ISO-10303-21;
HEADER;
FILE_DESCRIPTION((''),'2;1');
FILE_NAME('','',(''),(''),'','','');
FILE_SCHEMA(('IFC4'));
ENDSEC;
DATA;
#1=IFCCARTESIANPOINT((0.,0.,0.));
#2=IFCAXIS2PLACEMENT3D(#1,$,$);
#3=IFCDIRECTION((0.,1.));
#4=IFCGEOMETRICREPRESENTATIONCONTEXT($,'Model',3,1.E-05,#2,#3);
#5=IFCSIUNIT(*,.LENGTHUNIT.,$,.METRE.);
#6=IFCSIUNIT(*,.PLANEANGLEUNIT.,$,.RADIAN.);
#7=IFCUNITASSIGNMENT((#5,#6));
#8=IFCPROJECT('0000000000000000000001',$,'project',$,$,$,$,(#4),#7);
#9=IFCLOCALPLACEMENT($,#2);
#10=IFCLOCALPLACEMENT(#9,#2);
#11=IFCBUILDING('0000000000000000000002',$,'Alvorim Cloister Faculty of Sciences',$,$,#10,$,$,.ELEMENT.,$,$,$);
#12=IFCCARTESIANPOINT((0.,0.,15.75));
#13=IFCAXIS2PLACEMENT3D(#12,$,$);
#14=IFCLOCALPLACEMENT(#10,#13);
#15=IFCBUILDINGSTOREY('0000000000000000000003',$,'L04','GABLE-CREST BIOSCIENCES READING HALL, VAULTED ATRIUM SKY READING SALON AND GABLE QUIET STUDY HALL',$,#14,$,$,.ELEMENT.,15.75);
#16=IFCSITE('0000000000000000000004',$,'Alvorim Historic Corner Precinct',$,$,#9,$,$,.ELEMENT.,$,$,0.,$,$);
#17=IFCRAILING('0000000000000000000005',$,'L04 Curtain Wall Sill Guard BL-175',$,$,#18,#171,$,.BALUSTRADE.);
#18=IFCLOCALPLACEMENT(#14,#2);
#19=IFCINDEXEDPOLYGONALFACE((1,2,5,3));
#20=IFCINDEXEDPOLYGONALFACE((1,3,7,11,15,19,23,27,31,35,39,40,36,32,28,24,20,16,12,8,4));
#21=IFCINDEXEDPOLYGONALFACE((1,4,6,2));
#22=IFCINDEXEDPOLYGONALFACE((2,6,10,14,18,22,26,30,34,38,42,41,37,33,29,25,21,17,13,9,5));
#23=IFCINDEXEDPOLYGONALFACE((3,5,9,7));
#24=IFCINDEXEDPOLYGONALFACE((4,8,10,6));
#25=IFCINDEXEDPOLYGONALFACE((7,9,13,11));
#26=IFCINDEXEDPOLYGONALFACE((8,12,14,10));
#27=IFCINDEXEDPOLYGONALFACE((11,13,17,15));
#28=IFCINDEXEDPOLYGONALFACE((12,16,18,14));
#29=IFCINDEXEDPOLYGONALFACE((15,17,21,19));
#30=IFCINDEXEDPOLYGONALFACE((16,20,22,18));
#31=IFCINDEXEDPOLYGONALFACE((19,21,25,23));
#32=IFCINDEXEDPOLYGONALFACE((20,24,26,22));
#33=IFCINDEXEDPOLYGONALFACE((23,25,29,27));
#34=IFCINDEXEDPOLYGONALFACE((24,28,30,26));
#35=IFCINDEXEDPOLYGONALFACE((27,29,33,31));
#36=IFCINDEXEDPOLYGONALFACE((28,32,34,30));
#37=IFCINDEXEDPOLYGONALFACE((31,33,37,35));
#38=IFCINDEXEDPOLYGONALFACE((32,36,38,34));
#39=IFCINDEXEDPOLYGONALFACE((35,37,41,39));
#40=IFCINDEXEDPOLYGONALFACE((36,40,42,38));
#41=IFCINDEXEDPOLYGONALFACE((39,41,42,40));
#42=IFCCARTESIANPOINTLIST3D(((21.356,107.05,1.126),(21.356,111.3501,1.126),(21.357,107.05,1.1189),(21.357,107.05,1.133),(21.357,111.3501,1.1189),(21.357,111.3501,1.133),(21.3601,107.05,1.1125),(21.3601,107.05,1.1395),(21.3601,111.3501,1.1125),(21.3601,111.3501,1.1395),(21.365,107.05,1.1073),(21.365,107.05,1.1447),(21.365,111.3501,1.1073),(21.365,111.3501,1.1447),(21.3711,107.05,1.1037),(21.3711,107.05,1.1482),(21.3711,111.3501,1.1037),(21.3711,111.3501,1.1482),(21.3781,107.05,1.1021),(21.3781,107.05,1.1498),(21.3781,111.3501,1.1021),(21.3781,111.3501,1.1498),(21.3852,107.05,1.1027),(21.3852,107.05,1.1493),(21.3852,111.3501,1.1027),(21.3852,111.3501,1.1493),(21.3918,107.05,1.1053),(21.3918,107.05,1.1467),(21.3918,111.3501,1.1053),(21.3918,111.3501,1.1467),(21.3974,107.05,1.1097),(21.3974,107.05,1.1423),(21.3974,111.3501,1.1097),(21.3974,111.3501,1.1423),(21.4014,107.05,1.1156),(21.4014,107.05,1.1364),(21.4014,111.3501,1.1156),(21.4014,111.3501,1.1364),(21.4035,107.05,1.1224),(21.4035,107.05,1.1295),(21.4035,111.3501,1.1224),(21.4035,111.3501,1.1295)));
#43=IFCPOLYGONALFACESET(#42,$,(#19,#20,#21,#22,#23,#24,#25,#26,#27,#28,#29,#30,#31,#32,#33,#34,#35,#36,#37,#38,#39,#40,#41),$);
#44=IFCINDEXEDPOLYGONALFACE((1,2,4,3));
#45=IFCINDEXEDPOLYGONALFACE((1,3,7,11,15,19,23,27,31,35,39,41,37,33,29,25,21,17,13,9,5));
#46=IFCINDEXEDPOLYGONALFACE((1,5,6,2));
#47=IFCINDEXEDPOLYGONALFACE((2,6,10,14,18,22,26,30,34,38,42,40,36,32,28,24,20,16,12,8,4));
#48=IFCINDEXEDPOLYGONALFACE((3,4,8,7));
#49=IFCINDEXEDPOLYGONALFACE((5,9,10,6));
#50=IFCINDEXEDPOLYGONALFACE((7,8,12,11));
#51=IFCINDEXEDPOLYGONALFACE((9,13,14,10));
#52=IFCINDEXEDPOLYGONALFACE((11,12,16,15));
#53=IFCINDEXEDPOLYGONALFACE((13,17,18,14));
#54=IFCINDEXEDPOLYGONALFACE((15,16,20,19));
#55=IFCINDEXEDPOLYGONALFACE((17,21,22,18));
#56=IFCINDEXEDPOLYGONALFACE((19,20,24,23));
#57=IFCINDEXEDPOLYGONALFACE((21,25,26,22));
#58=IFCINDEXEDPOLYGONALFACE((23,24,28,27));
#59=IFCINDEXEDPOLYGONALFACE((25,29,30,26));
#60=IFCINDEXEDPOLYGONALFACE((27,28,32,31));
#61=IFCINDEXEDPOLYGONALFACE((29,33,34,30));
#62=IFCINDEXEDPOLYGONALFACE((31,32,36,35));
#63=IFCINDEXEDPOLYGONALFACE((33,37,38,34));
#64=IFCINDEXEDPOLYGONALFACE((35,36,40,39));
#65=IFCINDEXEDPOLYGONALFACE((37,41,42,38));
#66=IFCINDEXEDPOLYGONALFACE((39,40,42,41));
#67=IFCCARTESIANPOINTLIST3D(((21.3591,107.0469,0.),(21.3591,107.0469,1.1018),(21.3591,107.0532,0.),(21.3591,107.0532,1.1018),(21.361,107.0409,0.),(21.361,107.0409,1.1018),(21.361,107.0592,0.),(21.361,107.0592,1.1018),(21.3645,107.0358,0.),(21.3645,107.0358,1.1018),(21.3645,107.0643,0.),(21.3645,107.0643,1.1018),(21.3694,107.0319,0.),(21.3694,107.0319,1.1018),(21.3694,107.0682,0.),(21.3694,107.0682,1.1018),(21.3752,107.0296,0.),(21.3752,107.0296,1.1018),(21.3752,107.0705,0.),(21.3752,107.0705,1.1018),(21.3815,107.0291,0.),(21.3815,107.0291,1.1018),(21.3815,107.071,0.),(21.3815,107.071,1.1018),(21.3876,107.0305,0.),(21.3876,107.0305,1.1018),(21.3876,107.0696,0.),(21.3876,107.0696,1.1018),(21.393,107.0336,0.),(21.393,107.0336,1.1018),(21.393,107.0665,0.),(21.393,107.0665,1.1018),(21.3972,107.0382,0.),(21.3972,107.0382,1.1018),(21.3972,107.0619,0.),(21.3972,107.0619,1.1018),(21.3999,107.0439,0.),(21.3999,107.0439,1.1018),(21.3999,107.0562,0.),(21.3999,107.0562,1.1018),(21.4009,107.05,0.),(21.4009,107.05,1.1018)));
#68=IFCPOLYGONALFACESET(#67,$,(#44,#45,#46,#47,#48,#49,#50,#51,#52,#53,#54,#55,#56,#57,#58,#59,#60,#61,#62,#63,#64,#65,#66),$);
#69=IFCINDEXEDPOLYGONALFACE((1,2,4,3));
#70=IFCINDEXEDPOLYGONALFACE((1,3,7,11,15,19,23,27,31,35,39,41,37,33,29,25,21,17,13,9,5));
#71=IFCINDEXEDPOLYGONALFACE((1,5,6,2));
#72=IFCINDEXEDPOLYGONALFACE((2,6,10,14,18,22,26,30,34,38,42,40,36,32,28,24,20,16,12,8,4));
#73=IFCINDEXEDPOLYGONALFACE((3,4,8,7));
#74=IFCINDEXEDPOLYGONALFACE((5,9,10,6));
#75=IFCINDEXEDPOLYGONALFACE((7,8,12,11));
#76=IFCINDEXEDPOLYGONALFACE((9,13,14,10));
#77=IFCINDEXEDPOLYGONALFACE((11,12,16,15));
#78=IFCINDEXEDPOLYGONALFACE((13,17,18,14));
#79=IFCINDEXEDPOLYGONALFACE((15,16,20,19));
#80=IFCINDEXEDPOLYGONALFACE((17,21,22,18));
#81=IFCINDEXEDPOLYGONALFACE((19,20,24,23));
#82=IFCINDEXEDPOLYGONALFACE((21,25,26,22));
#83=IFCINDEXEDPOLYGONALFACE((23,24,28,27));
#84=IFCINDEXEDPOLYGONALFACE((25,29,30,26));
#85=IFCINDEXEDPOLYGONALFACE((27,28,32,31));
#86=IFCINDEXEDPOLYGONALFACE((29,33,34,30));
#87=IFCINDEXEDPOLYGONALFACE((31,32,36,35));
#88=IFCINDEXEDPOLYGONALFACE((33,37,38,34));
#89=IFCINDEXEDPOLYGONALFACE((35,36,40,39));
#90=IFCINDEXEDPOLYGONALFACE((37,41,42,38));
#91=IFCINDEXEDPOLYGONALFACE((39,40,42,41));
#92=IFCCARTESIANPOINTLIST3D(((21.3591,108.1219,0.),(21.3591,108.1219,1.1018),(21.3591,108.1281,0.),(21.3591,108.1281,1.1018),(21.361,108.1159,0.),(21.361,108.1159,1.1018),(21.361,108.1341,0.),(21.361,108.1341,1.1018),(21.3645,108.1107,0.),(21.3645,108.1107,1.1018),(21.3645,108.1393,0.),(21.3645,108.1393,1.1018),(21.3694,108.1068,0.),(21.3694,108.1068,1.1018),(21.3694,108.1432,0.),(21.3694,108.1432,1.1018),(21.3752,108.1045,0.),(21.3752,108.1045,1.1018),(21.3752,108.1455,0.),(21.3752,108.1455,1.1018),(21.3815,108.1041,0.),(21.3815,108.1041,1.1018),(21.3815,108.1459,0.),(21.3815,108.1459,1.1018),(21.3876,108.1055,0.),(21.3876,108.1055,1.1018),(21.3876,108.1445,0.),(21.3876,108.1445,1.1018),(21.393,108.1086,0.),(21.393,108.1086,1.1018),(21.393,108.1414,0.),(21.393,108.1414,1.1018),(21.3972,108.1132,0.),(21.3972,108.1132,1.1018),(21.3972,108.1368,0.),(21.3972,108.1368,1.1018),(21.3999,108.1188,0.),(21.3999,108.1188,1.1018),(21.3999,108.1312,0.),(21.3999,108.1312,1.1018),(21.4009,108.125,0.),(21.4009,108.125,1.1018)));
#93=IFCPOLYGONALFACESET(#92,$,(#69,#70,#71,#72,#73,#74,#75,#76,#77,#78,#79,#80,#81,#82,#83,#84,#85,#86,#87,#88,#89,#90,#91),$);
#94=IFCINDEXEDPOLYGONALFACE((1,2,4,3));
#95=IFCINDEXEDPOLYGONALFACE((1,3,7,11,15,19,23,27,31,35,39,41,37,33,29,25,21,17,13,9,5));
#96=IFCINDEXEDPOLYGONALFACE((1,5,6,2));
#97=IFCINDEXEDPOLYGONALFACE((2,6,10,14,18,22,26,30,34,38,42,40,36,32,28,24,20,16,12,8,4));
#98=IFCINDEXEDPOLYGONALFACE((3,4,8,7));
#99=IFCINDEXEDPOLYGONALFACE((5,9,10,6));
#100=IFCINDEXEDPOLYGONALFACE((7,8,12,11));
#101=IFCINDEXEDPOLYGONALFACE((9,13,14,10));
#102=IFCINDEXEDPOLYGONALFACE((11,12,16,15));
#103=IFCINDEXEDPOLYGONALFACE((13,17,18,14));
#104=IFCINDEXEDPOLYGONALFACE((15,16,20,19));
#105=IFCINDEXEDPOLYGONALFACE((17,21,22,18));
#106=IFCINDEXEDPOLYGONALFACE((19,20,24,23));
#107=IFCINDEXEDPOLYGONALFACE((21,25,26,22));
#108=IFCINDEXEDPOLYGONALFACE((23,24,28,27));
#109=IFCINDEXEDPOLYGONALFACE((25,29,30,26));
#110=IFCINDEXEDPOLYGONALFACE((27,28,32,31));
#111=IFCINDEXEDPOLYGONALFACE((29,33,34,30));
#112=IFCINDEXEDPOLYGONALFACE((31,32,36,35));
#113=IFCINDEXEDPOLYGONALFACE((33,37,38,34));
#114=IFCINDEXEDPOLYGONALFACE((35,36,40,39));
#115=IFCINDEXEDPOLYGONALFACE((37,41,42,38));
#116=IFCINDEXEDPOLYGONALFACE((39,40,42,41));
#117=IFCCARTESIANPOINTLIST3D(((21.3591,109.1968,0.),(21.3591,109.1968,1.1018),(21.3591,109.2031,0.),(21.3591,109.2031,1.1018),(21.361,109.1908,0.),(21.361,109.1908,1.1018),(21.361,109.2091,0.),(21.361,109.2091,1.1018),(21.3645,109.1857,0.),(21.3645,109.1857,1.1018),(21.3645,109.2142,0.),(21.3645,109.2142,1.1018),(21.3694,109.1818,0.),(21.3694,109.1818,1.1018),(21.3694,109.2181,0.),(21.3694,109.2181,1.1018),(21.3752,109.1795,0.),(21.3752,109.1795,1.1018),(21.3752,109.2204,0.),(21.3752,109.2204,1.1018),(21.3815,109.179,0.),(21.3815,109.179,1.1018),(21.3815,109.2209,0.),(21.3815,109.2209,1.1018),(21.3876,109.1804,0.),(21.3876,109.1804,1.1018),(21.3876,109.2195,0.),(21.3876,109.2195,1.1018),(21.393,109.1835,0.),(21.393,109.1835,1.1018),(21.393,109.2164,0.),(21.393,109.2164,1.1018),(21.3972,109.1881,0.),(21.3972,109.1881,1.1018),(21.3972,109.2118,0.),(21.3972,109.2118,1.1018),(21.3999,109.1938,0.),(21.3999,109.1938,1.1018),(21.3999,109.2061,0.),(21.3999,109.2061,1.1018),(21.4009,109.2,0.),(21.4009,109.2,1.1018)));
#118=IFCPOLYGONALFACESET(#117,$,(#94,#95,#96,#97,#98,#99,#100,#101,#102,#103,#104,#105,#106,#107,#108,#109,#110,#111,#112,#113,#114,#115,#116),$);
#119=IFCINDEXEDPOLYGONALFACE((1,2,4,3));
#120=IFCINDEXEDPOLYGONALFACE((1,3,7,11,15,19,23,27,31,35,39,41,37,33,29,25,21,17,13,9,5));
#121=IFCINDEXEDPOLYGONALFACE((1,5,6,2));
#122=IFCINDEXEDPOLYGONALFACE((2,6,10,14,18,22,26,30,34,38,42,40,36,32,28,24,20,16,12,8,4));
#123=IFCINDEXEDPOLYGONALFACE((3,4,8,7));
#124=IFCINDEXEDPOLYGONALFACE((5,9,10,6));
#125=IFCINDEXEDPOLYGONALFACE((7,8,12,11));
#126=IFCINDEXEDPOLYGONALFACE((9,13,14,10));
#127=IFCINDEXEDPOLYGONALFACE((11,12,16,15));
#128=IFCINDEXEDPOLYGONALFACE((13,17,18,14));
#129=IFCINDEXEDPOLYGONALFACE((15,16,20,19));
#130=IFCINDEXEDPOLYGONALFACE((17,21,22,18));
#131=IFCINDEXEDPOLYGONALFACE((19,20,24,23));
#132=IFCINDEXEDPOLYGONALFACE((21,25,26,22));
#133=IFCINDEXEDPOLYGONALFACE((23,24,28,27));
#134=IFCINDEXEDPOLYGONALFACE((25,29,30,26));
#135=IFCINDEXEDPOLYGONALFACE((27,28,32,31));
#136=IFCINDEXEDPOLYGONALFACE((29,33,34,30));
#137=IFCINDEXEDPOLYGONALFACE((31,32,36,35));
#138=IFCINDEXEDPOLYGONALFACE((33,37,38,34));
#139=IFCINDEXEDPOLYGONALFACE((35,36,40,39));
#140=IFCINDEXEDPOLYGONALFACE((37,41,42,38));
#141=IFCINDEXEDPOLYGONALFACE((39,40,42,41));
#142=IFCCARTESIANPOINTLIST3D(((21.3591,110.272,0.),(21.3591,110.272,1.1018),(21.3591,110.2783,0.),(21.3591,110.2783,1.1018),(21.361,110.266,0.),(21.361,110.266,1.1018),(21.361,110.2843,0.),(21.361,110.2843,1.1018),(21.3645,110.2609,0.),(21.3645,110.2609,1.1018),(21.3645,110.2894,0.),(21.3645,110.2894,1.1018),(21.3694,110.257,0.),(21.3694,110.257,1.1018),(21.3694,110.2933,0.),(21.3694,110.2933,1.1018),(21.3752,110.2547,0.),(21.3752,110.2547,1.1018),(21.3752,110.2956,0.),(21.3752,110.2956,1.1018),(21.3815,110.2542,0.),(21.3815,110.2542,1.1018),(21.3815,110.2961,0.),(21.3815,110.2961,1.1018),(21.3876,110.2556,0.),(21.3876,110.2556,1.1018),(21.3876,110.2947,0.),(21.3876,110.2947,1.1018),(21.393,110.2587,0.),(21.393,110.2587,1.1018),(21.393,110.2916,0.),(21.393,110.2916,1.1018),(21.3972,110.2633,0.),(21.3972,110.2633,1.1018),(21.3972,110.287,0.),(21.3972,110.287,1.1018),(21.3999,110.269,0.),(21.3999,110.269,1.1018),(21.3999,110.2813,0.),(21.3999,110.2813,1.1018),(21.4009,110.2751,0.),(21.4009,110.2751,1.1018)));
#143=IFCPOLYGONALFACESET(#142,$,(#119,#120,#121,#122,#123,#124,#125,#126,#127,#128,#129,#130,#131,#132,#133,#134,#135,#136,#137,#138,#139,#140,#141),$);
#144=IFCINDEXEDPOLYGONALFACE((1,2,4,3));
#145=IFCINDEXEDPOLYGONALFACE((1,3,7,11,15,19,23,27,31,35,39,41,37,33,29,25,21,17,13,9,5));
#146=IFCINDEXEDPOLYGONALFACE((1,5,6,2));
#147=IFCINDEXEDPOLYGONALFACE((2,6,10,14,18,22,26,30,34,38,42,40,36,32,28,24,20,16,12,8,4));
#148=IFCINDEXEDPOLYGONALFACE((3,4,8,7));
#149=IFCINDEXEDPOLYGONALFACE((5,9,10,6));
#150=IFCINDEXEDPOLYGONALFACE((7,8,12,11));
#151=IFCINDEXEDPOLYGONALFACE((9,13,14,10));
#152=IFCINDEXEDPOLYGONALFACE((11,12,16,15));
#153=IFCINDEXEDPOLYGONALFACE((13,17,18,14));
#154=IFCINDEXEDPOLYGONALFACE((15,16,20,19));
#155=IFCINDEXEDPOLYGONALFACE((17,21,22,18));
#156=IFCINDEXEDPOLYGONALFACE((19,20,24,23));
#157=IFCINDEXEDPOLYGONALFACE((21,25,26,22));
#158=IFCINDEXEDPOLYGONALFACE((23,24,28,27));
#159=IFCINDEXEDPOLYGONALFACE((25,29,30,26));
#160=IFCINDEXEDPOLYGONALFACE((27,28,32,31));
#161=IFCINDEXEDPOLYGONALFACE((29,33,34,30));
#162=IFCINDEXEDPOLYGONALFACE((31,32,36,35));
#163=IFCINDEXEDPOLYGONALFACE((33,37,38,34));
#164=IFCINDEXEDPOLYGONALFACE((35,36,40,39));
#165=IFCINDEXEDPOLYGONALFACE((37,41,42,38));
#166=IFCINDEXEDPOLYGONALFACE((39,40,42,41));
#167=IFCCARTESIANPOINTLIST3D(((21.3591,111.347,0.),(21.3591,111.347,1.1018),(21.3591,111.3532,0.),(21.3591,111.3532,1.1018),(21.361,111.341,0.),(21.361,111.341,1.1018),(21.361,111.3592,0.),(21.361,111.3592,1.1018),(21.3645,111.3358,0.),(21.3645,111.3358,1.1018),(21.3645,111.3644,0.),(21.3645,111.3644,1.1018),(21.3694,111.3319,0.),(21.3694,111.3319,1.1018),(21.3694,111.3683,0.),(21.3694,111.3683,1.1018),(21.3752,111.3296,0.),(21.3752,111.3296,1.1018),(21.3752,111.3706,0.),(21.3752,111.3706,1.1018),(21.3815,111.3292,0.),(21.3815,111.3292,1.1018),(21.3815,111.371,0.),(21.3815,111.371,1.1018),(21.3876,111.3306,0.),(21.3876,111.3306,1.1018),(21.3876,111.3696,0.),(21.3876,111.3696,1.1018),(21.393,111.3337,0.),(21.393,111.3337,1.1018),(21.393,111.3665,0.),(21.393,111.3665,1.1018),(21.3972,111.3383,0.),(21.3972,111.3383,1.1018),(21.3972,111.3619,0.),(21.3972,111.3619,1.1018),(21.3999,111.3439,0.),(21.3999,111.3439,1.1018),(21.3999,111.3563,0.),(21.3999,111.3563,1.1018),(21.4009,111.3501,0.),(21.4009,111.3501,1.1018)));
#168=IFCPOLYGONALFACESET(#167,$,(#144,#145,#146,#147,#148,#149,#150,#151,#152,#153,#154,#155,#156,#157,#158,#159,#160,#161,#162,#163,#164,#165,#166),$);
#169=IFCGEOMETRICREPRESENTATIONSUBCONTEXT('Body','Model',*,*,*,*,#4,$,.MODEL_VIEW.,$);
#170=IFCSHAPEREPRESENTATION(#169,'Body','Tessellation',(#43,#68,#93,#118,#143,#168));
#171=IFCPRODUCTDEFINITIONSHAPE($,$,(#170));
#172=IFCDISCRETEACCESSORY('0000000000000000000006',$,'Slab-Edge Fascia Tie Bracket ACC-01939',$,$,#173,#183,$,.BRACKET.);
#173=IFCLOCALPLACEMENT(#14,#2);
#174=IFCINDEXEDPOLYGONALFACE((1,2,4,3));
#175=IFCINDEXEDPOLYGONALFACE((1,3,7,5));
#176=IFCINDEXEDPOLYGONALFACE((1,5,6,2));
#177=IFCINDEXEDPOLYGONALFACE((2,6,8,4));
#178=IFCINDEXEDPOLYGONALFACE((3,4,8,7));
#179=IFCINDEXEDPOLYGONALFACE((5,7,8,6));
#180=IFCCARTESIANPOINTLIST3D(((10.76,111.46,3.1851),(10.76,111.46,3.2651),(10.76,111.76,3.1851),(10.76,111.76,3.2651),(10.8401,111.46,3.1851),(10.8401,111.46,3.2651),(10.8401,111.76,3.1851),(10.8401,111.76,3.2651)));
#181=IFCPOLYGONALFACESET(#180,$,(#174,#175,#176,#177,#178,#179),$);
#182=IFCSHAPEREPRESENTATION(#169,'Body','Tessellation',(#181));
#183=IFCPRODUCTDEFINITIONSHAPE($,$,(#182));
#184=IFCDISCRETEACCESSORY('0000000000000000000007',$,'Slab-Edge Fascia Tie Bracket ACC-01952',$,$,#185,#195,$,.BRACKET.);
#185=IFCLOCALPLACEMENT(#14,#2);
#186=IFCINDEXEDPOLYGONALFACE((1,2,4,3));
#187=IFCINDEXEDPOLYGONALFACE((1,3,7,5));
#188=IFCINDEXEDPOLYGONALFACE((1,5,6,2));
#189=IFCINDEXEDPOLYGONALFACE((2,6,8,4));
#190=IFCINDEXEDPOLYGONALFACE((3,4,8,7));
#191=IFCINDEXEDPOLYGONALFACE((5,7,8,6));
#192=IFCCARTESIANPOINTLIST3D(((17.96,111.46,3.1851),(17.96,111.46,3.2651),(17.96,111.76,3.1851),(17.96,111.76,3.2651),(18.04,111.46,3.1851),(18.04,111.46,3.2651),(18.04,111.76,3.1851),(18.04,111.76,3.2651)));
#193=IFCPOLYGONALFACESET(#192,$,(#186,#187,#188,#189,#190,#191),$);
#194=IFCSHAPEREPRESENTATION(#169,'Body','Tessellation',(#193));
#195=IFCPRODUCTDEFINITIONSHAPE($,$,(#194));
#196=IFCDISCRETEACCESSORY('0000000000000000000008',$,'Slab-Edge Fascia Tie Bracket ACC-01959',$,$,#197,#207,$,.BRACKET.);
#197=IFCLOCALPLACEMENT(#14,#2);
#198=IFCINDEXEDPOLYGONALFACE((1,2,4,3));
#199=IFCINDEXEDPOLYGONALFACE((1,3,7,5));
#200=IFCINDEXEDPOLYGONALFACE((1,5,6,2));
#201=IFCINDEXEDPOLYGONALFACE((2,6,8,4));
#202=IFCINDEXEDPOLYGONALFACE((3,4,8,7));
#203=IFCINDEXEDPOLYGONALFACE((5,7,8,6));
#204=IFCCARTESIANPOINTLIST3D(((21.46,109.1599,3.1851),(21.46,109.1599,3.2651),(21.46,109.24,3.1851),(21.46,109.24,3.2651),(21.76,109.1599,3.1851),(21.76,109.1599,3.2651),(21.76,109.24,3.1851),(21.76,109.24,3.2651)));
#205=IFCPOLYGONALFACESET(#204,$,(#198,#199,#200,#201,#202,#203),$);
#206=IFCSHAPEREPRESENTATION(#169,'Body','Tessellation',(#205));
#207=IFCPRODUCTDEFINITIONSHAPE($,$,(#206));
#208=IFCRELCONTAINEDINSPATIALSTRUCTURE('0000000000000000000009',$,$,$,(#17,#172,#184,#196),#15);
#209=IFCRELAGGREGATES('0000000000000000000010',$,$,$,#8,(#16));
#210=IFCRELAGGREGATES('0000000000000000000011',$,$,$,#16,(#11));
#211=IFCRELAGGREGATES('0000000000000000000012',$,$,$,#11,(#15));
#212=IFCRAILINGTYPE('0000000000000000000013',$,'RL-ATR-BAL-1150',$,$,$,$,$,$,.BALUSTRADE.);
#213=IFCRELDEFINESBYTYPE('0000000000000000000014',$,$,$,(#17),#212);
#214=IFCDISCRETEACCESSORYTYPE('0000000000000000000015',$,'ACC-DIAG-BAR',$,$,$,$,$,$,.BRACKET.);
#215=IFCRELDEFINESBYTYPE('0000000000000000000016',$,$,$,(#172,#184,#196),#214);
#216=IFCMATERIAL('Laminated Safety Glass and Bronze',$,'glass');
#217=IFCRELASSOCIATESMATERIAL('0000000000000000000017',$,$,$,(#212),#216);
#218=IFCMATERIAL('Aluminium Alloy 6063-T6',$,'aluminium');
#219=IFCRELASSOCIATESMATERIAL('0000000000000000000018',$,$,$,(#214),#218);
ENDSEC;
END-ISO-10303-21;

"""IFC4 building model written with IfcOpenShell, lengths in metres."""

from ifc_helpers import new_model, si_unit, direction, frame, origin, origin_2d, place, context, subcontext, project, spatial, rectangle, circle, extrude, material, type_object, element, save


model = new_model("IFC4")

# Units and contexts
model_context = context("Model", 3, precision=1e-05, world=origin(), true_north=direction((0.0, 1.0)))
body_context = subcontext(model_context, "Body", "Model", "MODEL_VIEW")
ifc_project = project(units=[si_unit("LENGTHUNIT", "METRE"), si_unit("PLANEANGLEUNIT", "RADIAN")], contexts=[model_context])

# Site, building, storey
site_placement = place(None, origin())
site = spatial("IfcSite", under=ifc_project, at=site_placement, Name="Alvorim Historic Corner Precinct", CompositionType="ELEMENT", RefElevation=0.0)
building_placement = place(site_placement, origin())
building = spatial("IfcBuilding", under=site, at=building_placement, Name="Alvorim Cloister Faculty of Sciences", CompositionType="ELEMENT")
storey_placement = place(building_placement, frame((0.0, 0.0, 15.75)))
storey = spatial("IfcBuildingStorey", under=building, at=storey_placement, Name="L04", Description="GABLE-CREST BIOSCIENCES READING HALL, VAULTED ATRIUM SKY READING SALON AND GABLE QUIET STUDY HALL", CompositionType="ELEMENT", Elevation=15.75)

# Shared definitions
ifc_material_1 = material(Name="Aluminium Alloy 6063-T6", Category="aluminium")

# Railing
ifc_material_2 = material(Name="Laminated Safety Glass and Bronze", Category="glass")
railing_type = type_object("IfcRailingType", Name="RL-ATR-BAL-1150", PredefinedType="BALUSTRADE", material=ifc_material_2)
railing_1_placement = place(storey_placement, frame((21.3799, 107.05, 0.0)))
element("IfcRailing", 1, at=railing_1_placement, inside=storey, type_object=railing_type, Name="L04 Curtain Wall Sill Guard BL-175", PredefinedType="BALUSTRADE", context=body_context, shape_type="SweptSolid", body=[
    extrude(circle(Radius=0.0239, at=origin_2d()), frame((0.0, 0.0, 1.126), z_axis=(0.0, 1.0, 0.0), x_axis=(-1.0, 0.0, 0.0)), (0.0, 0.0, 1.0), 4.3),
    extrude(circle(Radius=0.021, at=origin_2d()), origin(), (0.0, 0.0, 1.0), 1.1018),
    extrude(circle(Radius=0.021, at=origin_2d()), frame((0.0, 1.075, 0.0)), (0.0, 0.0, 1.0), 1.1018),
    extrude(circle(Radius=0.021, at=origin_2d()), frame((0.0, 2.1499, 0.0)), (0.0, 0.0, 1.0), 1.1018),
    extrude(circle(Radius=0.021, at=origin_2d()), frame((0.0, 3.2251, 0.0)), (0.0, 0.0, 1.0), 1.1018),
    extrude(circle(Radius=0.021, at=origin_2d()), frame((0.0, 4.3, 0.0)), (0.0, 0.0, 1.0), 1.1018),
])

# Discrete accessories
discrete_accessory_type = type_object("IfcDiscreteAccessoryType", Name="ACC-DIAG-BAR", PredefinedType="BRACKET", material=ifc_material_1)
for number, where, z_axis, x_axis, name in (
    (2, (10.8, 111.46, 3.2251), (0.0, 1.0, 0.0), (-1.0, 0.0, 0.0), "Slab-Edge Fascia Tie Bracket ACC-01939"),
    (3, (18.0, 111.46, 3.2251), (0.0, 1.0, 0.0), (-1.0, 0.0, 0.0), "Slab-Edge Fascia Tie Bracket ACC-01952"),
    (4, (21.46, 109.2, 3.2251), (1.0, 0.0, 0.0), (0.0, 1.0, 0.0), "Slab-Edge Fascia Tie Bracket ACC-01959"),
):
    element("IfcDiscreteAccessory", number, at=place(storey_placement, frame(where, z_axis=z_axis, x_axis=x_axis)), inside=storey, type_object=discrete_accessory_type, Name=name, PredefinedType="BRACKET", context=body_context, shape_type="SweptSolid", body=[
        extrude(rectangle(XDim=0.0801, YDim=0.0801, at=origin_2d()), origin(), (0.0, 0.0, 1.0), 0.3),
    ])

save(model, "model.ifc")
